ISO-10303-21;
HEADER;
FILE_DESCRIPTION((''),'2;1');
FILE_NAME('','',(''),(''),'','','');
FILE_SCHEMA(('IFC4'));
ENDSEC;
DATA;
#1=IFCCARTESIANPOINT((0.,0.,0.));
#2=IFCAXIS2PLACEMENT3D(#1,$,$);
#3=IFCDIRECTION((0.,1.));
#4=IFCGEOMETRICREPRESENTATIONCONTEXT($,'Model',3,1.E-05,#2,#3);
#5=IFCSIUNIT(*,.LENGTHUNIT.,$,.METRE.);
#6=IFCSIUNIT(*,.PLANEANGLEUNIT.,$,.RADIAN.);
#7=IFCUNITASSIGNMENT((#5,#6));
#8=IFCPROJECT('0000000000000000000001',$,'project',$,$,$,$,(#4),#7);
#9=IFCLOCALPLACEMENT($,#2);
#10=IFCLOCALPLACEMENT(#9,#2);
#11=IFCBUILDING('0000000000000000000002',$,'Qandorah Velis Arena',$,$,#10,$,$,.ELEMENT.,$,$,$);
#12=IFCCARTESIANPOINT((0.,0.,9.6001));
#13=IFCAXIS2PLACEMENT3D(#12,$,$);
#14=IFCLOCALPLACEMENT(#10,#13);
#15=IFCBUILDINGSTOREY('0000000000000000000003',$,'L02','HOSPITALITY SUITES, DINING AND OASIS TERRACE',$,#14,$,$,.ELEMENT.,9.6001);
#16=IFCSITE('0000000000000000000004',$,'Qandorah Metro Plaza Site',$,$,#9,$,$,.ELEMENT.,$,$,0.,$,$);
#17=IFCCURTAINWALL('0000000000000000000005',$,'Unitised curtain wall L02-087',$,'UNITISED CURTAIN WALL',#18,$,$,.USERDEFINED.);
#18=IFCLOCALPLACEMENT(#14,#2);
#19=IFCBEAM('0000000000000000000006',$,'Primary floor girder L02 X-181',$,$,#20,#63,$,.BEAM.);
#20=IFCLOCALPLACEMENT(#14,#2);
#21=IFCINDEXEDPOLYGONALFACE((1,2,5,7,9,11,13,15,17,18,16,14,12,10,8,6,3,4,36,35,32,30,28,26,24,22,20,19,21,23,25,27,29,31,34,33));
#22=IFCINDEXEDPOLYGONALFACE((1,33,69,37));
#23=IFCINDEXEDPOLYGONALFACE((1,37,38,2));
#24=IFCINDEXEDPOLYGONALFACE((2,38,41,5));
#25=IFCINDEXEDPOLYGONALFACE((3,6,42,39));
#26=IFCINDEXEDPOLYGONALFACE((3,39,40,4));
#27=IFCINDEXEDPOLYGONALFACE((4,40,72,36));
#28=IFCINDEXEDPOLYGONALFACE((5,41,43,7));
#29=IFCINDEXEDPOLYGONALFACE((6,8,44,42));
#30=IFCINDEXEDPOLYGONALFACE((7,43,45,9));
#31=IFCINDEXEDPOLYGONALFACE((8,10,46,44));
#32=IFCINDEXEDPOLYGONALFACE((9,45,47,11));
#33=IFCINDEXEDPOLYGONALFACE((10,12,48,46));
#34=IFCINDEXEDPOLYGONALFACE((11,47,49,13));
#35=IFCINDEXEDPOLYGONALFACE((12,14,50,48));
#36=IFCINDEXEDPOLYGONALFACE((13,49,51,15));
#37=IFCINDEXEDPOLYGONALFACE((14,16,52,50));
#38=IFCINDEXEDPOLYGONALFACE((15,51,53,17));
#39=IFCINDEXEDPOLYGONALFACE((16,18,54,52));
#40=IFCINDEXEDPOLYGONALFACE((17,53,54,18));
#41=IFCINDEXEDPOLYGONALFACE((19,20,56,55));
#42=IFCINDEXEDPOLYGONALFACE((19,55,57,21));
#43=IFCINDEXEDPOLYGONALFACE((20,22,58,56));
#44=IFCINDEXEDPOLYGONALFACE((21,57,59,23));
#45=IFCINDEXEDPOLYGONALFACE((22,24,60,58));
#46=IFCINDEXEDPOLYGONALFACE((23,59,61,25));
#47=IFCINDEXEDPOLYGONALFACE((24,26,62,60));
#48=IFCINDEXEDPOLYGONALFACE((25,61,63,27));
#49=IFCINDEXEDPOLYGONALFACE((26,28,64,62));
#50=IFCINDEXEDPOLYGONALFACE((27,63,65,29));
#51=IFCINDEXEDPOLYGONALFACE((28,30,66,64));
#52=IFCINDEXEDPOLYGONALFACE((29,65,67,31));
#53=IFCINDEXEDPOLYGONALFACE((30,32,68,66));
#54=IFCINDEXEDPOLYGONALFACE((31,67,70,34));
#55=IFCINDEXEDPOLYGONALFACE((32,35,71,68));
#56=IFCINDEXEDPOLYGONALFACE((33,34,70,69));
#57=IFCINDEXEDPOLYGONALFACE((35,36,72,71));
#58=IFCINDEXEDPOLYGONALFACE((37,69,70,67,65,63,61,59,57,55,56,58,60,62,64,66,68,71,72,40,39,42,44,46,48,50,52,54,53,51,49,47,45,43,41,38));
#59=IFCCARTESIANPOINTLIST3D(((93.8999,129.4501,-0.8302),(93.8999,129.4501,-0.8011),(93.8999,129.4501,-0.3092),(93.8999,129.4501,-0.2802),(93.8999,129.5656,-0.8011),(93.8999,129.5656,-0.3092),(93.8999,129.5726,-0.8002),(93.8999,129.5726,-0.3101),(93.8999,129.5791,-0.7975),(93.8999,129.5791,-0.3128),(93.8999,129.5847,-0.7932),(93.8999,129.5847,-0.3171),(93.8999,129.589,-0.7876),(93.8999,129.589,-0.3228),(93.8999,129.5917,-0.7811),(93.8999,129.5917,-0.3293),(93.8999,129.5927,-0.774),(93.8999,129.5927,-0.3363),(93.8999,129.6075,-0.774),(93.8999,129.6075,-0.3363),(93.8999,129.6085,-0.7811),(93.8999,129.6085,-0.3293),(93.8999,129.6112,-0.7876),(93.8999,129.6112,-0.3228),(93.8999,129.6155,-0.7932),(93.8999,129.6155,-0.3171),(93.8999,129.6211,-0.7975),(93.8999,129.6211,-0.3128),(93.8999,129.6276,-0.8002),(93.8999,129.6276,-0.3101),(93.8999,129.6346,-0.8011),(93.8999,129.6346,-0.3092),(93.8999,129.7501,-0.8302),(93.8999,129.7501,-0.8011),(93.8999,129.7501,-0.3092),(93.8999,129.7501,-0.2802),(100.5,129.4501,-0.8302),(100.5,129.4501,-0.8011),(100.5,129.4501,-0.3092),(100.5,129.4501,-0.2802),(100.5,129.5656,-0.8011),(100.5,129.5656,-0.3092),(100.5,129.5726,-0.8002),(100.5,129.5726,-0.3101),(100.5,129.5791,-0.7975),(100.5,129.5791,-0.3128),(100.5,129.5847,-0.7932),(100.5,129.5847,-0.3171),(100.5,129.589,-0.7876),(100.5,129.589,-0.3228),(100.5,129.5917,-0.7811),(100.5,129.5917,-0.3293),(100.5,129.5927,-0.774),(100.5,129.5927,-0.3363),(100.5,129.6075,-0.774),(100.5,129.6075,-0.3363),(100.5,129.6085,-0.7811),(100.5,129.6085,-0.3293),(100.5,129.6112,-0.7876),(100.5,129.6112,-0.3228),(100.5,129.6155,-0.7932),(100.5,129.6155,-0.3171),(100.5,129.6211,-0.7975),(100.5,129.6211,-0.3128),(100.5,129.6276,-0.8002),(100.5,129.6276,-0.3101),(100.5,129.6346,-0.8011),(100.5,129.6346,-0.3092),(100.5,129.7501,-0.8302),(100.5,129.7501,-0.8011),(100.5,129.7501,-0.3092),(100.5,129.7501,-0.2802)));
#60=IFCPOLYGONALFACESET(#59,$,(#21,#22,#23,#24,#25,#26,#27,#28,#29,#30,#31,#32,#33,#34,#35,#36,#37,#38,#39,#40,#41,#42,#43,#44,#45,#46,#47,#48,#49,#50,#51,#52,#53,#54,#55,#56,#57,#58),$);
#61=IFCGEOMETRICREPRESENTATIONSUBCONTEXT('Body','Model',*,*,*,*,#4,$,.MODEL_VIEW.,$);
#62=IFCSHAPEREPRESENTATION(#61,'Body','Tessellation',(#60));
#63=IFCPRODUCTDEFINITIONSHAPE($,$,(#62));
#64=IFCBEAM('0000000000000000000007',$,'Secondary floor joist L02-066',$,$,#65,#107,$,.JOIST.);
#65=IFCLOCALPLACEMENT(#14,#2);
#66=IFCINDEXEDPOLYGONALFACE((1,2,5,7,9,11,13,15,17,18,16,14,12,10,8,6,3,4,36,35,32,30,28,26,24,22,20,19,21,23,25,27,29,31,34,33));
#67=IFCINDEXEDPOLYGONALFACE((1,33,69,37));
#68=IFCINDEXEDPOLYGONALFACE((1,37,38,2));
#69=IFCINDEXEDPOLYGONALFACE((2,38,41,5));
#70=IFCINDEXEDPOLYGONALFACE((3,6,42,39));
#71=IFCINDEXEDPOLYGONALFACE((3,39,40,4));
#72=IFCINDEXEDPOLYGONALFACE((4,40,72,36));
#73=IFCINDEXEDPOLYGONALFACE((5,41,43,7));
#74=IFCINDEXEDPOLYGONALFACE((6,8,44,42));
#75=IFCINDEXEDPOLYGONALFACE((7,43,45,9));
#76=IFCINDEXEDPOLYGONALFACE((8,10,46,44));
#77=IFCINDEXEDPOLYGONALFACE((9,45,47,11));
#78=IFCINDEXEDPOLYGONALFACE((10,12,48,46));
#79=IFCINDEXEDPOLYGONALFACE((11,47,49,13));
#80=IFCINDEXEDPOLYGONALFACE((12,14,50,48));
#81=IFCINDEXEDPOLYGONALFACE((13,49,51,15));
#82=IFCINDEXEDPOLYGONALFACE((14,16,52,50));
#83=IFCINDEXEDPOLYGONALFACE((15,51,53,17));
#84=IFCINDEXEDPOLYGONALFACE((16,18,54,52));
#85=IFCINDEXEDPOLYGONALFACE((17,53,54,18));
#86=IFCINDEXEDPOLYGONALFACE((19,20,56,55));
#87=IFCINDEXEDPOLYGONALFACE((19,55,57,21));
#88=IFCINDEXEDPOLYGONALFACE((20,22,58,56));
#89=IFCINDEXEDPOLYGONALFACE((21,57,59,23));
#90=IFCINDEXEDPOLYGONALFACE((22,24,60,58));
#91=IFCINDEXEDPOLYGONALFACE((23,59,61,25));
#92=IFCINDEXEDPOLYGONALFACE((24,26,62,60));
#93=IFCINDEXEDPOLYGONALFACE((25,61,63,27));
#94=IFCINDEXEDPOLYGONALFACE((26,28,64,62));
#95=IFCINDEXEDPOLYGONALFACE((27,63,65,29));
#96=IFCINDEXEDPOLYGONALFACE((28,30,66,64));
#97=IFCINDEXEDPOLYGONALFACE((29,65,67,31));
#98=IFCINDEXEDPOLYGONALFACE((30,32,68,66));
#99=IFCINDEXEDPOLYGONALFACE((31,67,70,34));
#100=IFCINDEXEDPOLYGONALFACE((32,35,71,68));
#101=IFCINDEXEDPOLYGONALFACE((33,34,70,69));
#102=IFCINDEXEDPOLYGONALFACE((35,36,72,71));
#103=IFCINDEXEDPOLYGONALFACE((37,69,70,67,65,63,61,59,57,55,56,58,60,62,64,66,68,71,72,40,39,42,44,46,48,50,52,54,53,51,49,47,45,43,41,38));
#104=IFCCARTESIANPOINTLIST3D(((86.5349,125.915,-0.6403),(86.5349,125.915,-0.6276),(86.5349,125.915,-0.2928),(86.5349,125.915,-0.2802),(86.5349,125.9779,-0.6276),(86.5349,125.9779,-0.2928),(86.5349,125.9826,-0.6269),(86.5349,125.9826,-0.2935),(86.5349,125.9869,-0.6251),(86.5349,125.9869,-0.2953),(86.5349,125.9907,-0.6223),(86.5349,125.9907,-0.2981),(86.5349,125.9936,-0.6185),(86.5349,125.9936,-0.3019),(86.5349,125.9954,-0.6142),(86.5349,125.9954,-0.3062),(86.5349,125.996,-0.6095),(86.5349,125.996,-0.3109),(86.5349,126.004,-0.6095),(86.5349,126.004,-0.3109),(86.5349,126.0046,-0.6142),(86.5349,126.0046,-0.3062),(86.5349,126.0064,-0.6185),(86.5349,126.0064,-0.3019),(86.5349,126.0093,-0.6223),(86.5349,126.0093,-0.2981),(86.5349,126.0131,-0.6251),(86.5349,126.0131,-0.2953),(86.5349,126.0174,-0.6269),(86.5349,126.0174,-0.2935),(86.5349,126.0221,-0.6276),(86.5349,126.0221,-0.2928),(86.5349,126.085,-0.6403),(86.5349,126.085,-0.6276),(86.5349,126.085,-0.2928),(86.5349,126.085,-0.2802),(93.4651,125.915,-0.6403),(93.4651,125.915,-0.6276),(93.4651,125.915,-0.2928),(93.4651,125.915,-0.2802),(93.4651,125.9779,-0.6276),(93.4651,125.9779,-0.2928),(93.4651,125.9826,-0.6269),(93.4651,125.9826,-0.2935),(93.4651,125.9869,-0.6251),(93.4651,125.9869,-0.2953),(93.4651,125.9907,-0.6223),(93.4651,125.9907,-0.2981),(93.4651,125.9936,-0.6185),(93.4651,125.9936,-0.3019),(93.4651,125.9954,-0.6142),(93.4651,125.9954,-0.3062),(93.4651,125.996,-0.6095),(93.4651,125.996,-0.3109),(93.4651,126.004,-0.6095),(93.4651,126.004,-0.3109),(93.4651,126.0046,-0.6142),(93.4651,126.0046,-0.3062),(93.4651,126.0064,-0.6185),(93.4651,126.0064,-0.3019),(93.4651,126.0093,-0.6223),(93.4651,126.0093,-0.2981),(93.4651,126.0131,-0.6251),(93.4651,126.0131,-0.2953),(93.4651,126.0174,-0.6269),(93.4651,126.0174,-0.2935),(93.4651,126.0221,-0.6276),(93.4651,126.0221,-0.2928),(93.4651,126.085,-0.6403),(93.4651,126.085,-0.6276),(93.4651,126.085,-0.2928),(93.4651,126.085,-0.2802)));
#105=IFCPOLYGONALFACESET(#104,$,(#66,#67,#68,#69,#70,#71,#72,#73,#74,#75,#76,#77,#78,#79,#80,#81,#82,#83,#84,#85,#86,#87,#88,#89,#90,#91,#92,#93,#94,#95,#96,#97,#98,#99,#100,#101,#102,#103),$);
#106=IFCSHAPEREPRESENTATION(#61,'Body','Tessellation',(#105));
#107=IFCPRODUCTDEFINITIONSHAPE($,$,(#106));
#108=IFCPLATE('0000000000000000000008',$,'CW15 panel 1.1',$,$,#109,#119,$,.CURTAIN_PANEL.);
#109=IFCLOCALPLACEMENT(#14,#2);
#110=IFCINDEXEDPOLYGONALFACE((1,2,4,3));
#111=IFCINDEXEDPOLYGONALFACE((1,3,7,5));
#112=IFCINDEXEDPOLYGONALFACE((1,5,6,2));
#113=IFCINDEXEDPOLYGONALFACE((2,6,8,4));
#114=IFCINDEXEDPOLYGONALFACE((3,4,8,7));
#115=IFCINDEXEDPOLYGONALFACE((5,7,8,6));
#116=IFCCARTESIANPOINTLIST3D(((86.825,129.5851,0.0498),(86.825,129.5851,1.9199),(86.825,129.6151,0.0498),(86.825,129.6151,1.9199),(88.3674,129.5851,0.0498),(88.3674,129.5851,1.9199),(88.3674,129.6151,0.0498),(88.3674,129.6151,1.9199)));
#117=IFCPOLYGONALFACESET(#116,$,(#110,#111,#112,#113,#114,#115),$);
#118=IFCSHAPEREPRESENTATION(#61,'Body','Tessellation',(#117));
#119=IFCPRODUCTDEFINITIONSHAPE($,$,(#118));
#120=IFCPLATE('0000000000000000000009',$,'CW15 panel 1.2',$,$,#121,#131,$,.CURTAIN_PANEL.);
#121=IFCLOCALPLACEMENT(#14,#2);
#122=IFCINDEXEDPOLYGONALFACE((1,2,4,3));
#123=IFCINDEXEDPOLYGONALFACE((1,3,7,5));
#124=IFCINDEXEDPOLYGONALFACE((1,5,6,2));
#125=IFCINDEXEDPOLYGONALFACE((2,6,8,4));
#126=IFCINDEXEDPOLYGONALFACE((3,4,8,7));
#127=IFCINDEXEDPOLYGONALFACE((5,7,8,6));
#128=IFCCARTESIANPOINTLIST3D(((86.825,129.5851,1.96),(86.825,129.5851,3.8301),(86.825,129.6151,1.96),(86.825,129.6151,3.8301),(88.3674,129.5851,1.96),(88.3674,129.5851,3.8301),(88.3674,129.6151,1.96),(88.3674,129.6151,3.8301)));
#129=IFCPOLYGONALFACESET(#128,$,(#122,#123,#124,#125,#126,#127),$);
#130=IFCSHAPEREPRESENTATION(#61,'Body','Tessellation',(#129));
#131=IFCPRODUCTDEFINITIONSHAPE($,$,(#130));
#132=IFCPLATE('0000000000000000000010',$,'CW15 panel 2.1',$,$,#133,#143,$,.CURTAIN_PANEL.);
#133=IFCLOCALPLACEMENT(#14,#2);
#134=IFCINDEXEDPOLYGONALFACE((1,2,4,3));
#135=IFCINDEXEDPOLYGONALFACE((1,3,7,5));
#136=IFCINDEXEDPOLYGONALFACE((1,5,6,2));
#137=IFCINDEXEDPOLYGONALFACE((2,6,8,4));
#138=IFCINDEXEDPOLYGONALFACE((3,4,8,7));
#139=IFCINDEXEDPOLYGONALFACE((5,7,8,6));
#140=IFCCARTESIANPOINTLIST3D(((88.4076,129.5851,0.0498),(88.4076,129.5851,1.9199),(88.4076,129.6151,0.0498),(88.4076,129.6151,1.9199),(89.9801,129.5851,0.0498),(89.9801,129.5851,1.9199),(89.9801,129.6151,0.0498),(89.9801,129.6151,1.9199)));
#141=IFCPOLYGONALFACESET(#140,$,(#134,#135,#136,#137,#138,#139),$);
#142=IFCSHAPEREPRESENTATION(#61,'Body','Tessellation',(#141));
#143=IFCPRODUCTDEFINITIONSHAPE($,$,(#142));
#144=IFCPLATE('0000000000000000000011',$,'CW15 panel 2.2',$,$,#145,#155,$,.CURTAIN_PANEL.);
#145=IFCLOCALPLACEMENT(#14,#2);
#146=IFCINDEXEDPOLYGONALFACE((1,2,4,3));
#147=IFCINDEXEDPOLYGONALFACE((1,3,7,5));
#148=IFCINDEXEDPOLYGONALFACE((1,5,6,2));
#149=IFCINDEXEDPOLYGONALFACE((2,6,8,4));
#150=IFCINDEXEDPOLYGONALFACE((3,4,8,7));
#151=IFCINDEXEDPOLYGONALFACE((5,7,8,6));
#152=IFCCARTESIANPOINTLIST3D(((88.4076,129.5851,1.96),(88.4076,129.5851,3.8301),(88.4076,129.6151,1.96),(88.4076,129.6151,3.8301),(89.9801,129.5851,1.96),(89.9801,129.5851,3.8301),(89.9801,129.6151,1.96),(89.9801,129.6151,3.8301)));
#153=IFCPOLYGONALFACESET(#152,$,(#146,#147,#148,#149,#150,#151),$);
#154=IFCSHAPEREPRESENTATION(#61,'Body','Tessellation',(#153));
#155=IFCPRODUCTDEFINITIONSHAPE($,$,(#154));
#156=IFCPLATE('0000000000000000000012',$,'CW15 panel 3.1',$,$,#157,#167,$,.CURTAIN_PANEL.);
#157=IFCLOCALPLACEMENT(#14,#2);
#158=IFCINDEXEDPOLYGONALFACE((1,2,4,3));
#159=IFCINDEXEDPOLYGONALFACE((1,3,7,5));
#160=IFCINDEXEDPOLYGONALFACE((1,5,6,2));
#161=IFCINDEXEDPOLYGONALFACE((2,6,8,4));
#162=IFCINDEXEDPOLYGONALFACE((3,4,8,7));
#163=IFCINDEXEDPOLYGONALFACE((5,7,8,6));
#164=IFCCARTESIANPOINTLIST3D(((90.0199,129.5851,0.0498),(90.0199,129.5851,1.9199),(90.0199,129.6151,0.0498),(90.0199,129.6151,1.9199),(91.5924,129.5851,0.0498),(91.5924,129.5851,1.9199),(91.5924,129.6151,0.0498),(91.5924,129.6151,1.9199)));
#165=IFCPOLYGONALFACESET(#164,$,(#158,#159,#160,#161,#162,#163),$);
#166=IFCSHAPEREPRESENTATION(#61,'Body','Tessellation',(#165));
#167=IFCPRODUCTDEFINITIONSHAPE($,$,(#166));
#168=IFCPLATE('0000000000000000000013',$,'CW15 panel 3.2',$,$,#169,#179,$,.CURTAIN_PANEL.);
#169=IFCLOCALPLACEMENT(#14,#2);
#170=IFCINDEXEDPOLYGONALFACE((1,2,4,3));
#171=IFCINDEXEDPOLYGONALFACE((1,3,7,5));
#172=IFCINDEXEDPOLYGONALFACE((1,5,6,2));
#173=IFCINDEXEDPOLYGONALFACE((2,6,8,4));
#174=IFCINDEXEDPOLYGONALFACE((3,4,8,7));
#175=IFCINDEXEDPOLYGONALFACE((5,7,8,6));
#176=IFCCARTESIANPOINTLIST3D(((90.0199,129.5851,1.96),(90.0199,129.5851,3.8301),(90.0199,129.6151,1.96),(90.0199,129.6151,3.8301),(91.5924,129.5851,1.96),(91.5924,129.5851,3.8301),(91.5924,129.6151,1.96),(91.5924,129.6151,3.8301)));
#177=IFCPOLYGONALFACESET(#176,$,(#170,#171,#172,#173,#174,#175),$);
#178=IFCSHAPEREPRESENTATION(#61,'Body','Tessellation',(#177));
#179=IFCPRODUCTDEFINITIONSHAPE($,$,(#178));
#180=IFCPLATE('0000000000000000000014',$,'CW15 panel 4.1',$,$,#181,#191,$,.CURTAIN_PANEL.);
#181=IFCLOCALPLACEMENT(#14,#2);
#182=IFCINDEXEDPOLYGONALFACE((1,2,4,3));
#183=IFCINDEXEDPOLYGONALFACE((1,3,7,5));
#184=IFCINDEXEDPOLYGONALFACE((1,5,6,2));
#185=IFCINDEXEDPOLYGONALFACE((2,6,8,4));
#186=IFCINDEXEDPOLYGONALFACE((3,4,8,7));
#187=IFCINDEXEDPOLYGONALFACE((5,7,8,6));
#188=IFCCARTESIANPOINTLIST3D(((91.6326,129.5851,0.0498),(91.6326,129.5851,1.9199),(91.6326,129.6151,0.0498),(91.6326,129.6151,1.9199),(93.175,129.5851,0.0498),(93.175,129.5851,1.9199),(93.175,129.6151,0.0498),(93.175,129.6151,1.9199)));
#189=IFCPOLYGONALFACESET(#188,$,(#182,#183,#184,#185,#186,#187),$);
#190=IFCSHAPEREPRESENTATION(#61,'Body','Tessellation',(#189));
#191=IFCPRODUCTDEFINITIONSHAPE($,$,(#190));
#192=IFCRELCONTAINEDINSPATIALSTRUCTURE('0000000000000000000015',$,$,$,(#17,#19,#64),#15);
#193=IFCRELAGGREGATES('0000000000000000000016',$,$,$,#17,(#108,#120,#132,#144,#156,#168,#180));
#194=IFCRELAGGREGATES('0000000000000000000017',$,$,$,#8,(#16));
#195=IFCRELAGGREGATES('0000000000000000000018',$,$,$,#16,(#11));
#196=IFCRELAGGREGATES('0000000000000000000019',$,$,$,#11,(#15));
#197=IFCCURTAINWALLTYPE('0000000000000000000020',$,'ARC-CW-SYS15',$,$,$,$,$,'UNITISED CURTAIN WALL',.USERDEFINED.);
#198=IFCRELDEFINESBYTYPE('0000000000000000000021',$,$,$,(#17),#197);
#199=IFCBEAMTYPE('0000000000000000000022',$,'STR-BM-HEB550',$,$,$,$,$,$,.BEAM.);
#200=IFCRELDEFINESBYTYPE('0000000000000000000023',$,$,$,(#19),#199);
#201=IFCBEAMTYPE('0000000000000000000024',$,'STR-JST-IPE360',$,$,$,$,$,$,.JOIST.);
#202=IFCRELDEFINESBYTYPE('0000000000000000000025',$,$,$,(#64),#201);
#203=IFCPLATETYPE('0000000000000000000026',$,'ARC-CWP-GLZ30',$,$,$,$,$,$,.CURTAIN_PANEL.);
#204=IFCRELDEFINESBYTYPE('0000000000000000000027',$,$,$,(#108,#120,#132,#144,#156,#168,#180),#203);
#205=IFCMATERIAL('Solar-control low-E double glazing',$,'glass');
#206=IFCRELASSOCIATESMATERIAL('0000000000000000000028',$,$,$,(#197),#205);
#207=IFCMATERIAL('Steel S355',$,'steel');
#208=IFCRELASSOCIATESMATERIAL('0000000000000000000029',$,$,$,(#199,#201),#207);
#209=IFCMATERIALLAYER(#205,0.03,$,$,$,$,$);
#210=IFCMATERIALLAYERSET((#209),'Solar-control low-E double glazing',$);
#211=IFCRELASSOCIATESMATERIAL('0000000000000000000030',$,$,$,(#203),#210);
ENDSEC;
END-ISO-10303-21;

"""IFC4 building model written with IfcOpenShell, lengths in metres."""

from ifc_helpers import new_model, si_unit, direction, frame, origin, origin_2d, place, context, subcontext, project, spatial, rectangle, i_section, extrude, material, layer, layer_set, material_profile, profile_set, type_object, element, aggregate, save


model = new_model("IFC4")

# Units and contexts
model_context = context("Model", 3, precision=1e-05, world=origin(), true_north=direction((0.0, 1.0)))
body_context = subcontext(model_context, "Body", "Model", "MODEL_VIEW")
ifc_project = project(units=[si_unit("LENGTHUNIT", "METRE"), si_unit("PLANEANGLEUNIT", "RADIAN")], contexts=[model_context])

# Site, building, storey
site_placement = place(None, origin())
site = spatial("IfcSite", under=ifc_project, at=site_placement, Name="Qandorah Metro Plaza Site", CompositionType="ELEMENT", RefElevation=0.0)
building_placement = place(site_placement, origin())
building = spatial("IfcBuilding", under=site, at=building_placement, Name="Qandorah Velis Arena", CompositionType="ELEMENT")
storey_placement = place(building_placement, frame((0.0, 0.0, 9.6001)))
storey = spatial("IfcBuildingStorey", under=building, at=storey_placement, Name="L02", Description="HOSPITALITY SUITES, DINING AND OASIS TERRACE", CompositionType="ELEMENT", Elevation=9.6001)

# Curtain wall
ifc_material_1 = material(Name="Solar-control low-E double glazing", Category="glass")
curtain_wall_type = type_object("IfcCurtainWallType", Name="ARC-CW-SYS15", ElementType="UNITISED CURTAIN WALL", PredefinedType="USERDEFINED", material=ifc_material_1)
curtain_wall_placement = place(storey_placement, origin())
curtain_wall = element("IfcCurtainWall", 1, at=curtain_wall_placement, inside=storey, type_object=curtain_wall_type, Name="Unitised curtain wall L02-087", ObjectType="UNITISED CURTAIN WALL", PredefinedType="USERDEFINED")

# Beams
ifc_material_2 = material(Name="Steel S355", Category="steel")
ifc_material_profile_1 = material_profile(ifc_material_2, i_section(OverallWidth=0.3, OverallDepth=0.55, WebThickness=0.0149, FlangeThickness=0.0291, FilletRadius=0.0271, at=origin_2d()), Name="HEB 550")
ifc_profile_set_1 = profile_set([ifc_material_profile_1], Name="Steel S355")
beam_type_1 = type_object("IfcBeamType", Name="STR-BM-HEB550", PredefinedType="BEAM", material=ifc_profile_set_1)
for number, where, z_axis, x_axis, name in (
    (2, (93.8999, 129.6001, -0.5552), (1.0, 0.0, 0.0), (0.0, 1.0, 0.0), "Primary floor girder L02 X-181"),
):
    element("IfcBeam", number, at=place(storey_placement, frame(where, z_axis=z_axis, x_axis=x_axis)), inside=storey, type_object=beam_type_1, Name=name, PredefinedType="BEAM", context=body_context, shape_type="SweptSolid", body=[
        extrude(i_section(OverallWidth=0.3, OverallDepth=0.55, WebThickness=0.0149, FlangeThickness=0.0291, FilletRadius=0.0271, at=origin_2d()), origin(), (0.0, 0.0, 1.0), 6.6001),
    ])
ifc_material_profile_2 = material_profile(ifc_material_2, i_section(OverallWidth=0.1699, OverallDepth=0.3601, WebThickness=0.0081, FlangeThickness=0.0127, FilletRadius=0.0181, at=origin_2d()), Name="IPE 360")
ifc_profile_set_2 = profile_set([ifc_material_profile_2], Name="Steel S355")
beam_type_2 = type_object("IfcBeamType", Name="STR-JST-IPE360", PredefinedType="JOIST", material=ifc_profile_set_2)
beam_placement = place(storey_placement, frame((86.5349, 126.0, -0.4602), z_axis=(1.0, 0.0, 0.0), x_axis=(0.0, 1.0, 0.0)))
element("IfcBeam", 3, at=beam_placement, inside=storey, type_object=beam_type_2, Name="Secondary floor joist L02-066", PredefinedType="JOIST", context=body_context, shape_type="SweptSolid", body=[
    extrude(i_section(OverallWidth=0.1699, OverallDepth=0.3601, WebThickness=0.0081, FlangeThickness=0.0127, FilletRadius=0.0181, at=origin_2d()), origin(), (0.0, 0.0, 1.0), 6.9302),
])

# Plates
ifc_layer_1 = layer(ifc_material_1, 0.03)
ifc_layer_set_1 = layer_set([ifc_layer_1], Name="Solar-control low-E double glazing")
plate_type = type_object("IfcPlateType", Name="ARC-CWP-GLZ30", PredefinedType="CURTAIN_PANEL", material=ifc_layer_set_1)
plate_1_placement = place(storey_placement, frame((87.5962, 129.6001, 0.0498), z_axis=(0.0, 0.0, 1.0), x_axis=(1.0, 0.0, 0.0)))
plate_1 = element("IfcPlate", 4, at=plate_1_placement, type_object=plate_type, Name="CW15 panel 1.1", PredefinedType="CURTAIN_PANEL", context=body_context, shape_type="SweptSolid", body=[
    extrude(rectangle(XDim=1.5425, YDim=0.03, at=origin_2d()), origin(), (0.0, 0.0, 1.0), 1.8701),
])
plate_2_placement = place(storey_placement, frame((87.5962, 129.6001, 1.96), z_axis=(0.0, 0.0, 1.0), x_axis=(1.0, 0.0, 0.0)))
plate_2 = element("IfcPlate", 5, at=plate_2_placement, type_object=plate_type, Name="CW15 panel 1.2", PredefinedType="CURTAIN_PANEL", context=body_context, shape_type="SweptSolid", body=[
    extrude(rectangle(XDim=1.5425, YDim=0.03, at=origin_2d()), origin(), (0.0, 0.0, 1.0), 1.8701),
])
plate_3_placement = place(storey_placement, frame((89.1938, 129.6001, 0.0498), z_axis=(0.0, 0.0, 1.0), x_axis=(1.0, 0.0, 0.0)))
plate_3 = element("IfcPlate", 6, at=plate_3_placement, type_object=plate_type, Name="CW15 panel 2.1", PredefinedType="CURTAIN_PANEL", context=body_context, shape_type="SweptSolid", body=[
    extrude(rectangle(XDim=1.5725, YDim=0.03, at=origin_2d()), origin(), (0.0, 0.0, 1.0), 1.8701),
])
plate_4_placement = place(storey_placement, frame((89.1938, 129.6001, 1.96), z_axis=(0.0, 0.0, 1.0), x_axis=(1.0, 0.0, 0.0)))
plate_4 = element("IfcPlate", 7, at=plate_4_placement, type_object=plate_type, Name="CW15 panel 2.2", PredefinedType="CURTAIN_PANEL", context=body_context, shape_type="SweptSolid", body=[
    extrude(rectangle(XDim=1.5725, YDim=0.03, at=origin_2d()), origin(), (0.0, 0.0, 1.0), 1.8701),
])
plate_5_placement = place(storey_placement, frame((90.8062, 129.6001, 0.0498), z_axis=(0.0, 0.0, 1.0), x_axis=(1.0, 0.0, 0.0)))
plate_5 = element("IfcPlate", 8, at=plate_5_placement, type_object=plate_type, Name="CW15 panel 3.1", PredefinedType="CURTAIN_PANEL", context=body_context, shape_type="SweptSolid", body=[
    extrude(rectangle(XDim=1.5725, YDim=0.03, at=origin_2d()), origin(), (0.0, 0.0, 1.0), 1.8701),
])
plate_6_placement = place(storey_placement, frame((90.8062, 129.6001, 1.96), z_axis=(0.0, 0.0, 1.0), x_axis=(1.0, 0.0, 0.0)))
plate_6 = element("IfcPlate", 9, at=plate_6_placement, type_object=plate_type, Name="CW15 panel 3.2", PredefinedType="CURTAIN_PANEL", context=body_context, shape_type="SweptSolid", body=[
    extrude(rectangle(XDim=1.5725, YDim=0.03, at=origin_2d()), origin(), (0.0, 0.0, 1.0), 1.8701),
])
plate_7_placement = place(storey_placement, frame((92.4038, 129.6001, 0.0498), z_axis=(0.0, 0.0, 1.0), x_axis=(1.0, 0.0, 0.0)))
plate_7 = element("IfcPlate", 10, at=plate_7_placement, type_object=plate_type, Name="CW15 panel 4.1", PredefinedType="CURTAIN_PANEL", context=body_context, shape_type="SweptSolid", body=[
    extrude(rectangle(XDim=1.5425, YDim=0.03, at=origin_2d()), origin(), (0.0, 0.0, 1.0), 1.8701),
])
aggregate(curtain_wall, [plate_1, plate_2, plate_3, plate_4, plate_5, plate_6, plate_7])

save(model, "model.ifc")
